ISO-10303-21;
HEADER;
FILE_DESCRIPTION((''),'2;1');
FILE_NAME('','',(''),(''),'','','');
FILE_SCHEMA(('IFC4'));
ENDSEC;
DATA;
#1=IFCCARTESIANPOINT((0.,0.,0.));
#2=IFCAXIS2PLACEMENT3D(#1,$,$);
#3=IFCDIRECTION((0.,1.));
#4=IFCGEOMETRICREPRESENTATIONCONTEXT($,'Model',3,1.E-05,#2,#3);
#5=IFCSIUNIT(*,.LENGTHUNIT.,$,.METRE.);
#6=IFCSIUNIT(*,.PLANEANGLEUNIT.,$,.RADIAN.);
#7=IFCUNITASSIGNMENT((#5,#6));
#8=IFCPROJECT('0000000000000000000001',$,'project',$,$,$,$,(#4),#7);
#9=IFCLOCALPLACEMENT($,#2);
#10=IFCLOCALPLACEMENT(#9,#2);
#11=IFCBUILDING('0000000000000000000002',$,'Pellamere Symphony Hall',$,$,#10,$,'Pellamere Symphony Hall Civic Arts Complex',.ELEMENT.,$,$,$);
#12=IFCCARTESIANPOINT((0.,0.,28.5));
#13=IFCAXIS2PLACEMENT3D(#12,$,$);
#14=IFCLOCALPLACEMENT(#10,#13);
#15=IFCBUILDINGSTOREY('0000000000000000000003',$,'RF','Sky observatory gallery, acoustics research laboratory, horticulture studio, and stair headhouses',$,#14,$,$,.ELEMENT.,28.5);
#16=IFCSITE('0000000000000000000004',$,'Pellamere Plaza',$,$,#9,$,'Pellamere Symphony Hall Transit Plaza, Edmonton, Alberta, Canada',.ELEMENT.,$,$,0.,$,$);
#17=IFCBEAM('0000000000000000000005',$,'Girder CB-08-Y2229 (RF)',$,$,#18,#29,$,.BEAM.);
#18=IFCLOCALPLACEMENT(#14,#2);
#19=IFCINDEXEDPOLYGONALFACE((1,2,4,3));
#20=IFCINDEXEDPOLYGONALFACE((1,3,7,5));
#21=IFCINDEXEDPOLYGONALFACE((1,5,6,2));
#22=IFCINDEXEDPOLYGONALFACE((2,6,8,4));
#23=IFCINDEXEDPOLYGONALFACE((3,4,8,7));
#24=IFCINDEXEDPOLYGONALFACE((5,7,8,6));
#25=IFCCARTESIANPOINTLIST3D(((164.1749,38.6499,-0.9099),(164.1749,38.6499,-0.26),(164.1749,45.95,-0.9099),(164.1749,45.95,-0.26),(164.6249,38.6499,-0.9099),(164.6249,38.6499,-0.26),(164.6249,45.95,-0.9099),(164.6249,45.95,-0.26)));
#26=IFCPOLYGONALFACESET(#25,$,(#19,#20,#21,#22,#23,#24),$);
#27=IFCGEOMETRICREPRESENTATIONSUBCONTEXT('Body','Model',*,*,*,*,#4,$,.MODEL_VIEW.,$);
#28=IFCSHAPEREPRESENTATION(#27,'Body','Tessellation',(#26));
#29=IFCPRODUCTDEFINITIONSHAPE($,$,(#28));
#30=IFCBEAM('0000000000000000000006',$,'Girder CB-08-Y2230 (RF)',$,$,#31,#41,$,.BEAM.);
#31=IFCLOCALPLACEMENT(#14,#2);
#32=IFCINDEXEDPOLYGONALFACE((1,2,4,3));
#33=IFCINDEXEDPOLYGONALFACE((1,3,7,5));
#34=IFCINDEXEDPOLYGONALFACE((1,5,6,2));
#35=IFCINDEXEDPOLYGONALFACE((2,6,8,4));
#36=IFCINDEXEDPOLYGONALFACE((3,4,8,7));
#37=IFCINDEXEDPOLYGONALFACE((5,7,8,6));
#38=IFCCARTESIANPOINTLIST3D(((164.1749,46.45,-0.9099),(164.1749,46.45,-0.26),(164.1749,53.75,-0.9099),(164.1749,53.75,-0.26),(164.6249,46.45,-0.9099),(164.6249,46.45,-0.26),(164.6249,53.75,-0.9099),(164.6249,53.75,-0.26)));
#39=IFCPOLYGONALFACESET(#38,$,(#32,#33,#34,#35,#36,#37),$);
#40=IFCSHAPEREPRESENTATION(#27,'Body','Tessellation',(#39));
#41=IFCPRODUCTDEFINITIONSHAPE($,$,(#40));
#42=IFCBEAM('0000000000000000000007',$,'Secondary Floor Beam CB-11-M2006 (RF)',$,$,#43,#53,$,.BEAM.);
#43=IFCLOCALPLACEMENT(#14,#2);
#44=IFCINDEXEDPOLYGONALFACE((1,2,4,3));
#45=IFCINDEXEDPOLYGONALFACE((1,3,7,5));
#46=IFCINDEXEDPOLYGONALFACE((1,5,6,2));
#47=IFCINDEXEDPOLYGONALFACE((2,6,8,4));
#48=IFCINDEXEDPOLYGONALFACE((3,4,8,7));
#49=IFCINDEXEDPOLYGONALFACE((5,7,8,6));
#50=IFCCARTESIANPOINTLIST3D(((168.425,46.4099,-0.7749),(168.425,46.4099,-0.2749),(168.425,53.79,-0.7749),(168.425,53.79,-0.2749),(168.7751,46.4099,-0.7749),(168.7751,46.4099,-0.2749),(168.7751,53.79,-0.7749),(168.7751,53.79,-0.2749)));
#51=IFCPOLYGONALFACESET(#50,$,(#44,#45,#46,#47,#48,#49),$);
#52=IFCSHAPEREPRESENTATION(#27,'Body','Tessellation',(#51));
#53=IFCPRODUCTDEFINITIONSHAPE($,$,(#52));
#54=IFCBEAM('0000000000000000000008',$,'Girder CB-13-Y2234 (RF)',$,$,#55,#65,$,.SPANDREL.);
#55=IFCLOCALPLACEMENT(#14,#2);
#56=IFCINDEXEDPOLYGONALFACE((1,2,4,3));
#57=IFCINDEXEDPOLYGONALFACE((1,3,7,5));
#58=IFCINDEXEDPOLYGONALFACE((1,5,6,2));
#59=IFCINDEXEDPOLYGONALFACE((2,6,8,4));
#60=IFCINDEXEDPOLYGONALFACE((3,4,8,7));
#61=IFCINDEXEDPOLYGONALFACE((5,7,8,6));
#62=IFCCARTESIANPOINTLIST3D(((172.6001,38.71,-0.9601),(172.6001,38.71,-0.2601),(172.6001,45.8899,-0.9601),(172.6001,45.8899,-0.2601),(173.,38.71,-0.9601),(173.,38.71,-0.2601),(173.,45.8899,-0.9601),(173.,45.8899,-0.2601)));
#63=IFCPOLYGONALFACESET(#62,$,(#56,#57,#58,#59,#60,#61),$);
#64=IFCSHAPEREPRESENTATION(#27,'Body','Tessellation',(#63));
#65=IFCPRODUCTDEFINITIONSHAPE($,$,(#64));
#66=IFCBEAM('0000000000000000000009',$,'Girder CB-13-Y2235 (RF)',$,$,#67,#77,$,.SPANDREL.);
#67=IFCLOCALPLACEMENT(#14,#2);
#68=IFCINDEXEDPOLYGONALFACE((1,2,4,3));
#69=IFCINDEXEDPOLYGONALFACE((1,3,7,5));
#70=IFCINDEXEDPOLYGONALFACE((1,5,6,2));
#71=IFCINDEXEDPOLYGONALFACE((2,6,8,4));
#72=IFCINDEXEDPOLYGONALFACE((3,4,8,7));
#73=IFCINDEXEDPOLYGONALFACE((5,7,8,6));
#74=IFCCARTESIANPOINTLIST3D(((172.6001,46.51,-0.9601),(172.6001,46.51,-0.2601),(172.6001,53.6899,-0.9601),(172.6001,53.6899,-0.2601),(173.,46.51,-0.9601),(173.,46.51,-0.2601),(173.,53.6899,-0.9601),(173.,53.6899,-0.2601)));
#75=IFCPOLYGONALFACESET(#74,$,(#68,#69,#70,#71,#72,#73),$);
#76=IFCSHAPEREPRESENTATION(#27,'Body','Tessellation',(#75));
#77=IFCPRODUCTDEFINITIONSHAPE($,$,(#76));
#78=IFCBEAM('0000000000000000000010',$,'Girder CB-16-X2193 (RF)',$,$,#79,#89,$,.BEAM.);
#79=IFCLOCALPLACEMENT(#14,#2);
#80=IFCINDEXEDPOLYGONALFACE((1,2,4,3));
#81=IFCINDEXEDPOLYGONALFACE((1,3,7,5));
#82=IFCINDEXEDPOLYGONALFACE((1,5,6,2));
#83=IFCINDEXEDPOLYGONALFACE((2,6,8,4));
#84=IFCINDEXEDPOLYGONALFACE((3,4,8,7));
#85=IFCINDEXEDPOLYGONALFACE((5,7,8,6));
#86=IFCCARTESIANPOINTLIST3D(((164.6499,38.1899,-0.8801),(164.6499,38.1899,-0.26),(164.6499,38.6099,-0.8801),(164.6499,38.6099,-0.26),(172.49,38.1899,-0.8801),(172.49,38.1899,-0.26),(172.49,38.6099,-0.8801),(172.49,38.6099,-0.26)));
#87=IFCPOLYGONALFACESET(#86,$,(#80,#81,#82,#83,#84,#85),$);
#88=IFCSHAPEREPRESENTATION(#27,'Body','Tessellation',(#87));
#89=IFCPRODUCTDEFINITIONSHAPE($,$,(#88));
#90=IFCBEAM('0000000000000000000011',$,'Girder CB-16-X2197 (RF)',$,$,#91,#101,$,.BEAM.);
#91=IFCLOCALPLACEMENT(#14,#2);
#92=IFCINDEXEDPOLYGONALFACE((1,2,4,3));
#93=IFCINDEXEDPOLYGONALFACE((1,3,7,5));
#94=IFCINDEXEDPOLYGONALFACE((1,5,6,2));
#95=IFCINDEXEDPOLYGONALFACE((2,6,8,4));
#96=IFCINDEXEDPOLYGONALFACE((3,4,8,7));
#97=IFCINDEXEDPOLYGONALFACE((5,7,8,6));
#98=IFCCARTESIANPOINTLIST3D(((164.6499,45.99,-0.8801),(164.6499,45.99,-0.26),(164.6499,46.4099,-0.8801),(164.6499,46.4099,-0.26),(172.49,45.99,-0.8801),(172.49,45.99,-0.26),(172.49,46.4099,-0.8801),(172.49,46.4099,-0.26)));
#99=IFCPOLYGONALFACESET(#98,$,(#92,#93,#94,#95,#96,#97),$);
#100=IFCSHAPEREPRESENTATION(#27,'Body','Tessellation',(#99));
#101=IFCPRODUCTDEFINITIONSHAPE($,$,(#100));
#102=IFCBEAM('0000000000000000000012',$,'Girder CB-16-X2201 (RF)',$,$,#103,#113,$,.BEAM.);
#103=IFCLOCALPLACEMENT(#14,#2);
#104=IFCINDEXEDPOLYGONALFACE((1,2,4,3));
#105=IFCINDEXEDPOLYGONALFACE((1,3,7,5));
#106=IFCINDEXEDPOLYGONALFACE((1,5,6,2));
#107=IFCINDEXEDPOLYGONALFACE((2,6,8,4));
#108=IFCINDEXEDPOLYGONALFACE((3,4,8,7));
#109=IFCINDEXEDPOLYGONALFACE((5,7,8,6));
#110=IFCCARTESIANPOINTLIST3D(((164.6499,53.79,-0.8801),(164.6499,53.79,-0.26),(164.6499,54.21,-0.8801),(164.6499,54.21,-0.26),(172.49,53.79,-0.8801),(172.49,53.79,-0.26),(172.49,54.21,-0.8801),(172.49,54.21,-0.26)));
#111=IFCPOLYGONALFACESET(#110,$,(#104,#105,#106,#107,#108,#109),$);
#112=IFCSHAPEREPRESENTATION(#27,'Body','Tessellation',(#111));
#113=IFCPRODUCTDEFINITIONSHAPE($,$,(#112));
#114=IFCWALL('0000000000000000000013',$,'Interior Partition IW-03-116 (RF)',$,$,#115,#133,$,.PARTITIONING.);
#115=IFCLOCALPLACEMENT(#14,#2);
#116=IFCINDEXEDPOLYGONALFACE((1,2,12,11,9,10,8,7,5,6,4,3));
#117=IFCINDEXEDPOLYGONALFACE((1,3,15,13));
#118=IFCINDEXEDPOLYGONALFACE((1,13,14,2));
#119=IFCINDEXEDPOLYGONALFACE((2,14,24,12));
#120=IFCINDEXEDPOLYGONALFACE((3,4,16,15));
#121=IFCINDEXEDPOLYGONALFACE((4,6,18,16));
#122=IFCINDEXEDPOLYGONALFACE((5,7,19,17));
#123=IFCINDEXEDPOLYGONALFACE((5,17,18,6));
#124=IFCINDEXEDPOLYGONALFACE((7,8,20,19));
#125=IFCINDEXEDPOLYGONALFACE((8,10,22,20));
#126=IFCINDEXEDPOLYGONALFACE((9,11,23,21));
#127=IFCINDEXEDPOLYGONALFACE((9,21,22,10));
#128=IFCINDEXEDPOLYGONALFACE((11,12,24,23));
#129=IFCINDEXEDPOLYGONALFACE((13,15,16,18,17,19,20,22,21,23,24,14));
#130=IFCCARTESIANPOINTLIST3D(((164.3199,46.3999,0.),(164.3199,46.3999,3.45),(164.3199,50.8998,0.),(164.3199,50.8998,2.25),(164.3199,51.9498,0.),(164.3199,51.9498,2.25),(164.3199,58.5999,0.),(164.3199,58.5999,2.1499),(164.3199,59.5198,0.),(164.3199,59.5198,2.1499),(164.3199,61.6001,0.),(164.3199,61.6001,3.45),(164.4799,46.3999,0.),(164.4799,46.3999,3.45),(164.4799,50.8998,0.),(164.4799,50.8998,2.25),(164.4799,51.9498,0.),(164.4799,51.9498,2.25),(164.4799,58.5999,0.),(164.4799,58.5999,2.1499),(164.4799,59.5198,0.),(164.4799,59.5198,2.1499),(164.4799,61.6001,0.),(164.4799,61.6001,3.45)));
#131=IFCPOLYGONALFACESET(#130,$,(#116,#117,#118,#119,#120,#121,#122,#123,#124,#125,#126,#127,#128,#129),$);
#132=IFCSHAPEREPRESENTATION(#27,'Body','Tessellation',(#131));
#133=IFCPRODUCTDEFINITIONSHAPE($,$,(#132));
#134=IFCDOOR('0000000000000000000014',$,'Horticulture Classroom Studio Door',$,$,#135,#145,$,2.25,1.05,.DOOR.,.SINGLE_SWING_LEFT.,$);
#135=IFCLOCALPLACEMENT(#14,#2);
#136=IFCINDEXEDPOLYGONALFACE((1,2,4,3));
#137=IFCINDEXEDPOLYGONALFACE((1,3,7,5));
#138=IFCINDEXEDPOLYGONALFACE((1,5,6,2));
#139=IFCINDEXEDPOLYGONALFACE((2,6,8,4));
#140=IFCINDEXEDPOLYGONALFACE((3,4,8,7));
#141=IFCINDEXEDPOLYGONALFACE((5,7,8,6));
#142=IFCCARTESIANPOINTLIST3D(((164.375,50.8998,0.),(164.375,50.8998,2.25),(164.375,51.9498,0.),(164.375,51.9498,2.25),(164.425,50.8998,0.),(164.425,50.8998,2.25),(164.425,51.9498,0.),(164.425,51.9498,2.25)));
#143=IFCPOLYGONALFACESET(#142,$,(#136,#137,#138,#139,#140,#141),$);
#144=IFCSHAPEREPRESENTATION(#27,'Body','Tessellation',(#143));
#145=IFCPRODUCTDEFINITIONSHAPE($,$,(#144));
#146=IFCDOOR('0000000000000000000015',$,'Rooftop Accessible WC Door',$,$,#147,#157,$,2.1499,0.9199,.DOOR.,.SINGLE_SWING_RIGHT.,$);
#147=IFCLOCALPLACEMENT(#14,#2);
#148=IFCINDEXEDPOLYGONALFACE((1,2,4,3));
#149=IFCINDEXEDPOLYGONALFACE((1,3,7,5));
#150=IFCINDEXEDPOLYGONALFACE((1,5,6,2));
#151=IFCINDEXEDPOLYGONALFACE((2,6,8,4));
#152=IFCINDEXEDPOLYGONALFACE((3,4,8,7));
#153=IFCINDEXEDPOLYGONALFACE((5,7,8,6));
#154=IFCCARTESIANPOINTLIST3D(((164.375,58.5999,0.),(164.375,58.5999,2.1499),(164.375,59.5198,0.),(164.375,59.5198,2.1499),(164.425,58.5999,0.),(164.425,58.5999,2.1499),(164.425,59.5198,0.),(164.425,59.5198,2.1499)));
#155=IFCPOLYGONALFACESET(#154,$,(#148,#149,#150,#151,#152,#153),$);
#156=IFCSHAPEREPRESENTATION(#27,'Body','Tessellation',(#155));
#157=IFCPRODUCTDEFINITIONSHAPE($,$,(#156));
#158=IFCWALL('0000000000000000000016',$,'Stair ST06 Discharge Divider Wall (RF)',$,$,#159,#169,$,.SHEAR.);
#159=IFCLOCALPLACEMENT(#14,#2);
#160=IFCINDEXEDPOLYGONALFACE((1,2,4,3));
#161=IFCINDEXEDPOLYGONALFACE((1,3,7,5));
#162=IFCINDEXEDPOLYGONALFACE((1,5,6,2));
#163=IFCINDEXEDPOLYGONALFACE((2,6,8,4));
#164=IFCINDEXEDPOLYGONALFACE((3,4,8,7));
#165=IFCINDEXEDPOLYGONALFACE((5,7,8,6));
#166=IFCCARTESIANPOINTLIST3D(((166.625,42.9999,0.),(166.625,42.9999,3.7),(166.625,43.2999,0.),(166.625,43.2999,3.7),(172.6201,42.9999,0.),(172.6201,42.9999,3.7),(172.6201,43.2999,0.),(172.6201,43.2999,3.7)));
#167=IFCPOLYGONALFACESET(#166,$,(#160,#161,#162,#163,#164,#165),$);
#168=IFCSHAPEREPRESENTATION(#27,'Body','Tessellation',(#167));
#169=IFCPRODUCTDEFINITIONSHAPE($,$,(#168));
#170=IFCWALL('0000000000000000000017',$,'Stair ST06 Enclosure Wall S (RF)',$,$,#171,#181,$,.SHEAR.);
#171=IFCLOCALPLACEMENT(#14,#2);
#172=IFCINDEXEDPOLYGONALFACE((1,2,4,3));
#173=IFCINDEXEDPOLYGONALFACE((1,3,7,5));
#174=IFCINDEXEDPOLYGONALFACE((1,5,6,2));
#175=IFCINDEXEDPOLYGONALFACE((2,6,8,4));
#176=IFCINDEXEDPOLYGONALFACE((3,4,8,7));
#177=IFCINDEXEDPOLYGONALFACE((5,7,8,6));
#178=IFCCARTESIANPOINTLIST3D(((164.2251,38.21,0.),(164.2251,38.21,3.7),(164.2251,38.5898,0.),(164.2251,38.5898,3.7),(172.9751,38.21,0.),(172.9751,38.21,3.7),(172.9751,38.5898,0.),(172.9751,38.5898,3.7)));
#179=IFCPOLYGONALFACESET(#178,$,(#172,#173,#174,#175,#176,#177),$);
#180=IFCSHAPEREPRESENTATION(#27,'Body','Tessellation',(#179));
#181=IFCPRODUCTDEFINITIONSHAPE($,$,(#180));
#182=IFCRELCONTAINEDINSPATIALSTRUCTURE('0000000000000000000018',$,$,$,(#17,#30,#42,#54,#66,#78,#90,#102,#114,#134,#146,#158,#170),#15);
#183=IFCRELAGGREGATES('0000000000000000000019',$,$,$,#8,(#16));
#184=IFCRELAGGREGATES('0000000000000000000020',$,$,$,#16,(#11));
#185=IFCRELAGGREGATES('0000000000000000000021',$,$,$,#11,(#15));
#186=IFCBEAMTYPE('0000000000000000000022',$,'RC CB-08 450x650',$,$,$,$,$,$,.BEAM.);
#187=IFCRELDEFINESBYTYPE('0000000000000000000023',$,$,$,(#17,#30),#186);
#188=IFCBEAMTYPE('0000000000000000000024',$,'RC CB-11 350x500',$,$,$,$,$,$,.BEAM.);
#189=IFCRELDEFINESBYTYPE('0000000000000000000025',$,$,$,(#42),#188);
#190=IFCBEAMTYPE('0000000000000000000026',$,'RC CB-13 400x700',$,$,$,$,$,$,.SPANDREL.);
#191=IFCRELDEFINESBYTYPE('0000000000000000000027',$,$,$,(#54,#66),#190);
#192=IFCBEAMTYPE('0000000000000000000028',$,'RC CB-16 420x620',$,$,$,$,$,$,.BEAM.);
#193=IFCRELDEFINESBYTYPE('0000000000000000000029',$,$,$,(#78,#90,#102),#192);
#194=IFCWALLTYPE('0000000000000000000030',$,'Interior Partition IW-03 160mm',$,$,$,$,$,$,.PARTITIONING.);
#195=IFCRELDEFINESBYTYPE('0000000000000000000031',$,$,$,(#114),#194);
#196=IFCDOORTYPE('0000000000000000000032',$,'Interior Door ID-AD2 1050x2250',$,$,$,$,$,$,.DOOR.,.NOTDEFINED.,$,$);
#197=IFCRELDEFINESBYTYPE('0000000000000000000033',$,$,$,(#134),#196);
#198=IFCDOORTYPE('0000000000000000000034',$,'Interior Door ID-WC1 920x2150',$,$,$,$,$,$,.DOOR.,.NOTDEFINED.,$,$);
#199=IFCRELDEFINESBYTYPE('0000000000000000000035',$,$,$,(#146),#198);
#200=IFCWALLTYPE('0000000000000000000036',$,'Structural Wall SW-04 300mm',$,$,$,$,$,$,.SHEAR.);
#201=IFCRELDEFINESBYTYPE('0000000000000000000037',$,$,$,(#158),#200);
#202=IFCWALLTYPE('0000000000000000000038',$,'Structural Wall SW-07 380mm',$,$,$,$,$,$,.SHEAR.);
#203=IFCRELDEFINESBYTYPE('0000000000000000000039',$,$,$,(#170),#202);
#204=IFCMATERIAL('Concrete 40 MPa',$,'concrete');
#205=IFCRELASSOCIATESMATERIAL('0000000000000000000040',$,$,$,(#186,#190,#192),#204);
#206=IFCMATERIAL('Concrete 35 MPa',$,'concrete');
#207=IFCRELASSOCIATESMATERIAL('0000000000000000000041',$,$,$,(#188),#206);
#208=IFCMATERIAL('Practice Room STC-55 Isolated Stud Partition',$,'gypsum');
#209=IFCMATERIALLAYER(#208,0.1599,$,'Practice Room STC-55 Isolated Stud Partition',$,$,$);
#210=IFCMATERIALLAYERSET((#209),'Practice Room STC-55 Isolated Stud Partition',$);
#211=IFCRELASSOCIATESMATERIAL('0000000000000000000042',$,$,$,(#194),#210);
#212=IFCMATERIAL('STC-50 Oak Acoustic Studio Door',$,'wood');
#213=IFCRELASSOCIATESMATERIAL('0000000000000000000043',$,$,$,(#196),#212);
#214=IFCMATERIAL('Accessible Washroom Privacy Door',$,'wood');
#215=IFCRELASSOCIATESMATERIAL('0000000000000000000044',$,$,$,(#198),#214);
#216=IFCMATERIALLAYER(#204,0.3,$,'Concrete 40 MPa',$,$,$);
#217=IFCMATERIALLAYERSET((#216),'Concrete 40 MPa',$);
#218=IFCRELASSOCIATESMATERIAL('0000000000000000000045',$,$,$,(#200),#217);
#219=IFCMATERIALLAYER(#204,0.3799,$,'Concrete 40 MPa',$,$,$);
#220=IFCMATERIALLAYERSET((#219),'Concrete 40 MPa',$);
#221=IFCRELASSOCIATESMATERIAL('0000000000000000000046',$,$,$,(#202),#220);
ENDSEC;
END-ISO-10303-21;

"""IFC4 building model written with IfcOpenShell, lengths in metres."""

from ifc_helpers import new_model, si_unit, direction, frame, frame_2d, origin, origin_2d, place, context, subcontext, project, spatial, rectangle, extrude, material, layer, layer_set, material_profile, profile_set, type_object, element, fill, save


model = new_model("IFC4")

# Units and contexts
model_context = context("Model", 3, precision=1e-05, world=origin(), true_north=direction((0.0, 1.0)))
body_context = subcontext(model_context, "Body", "Model", "MODEL_VIEW")
ifc_project = project(units=[si_unit("LENGTHUNIT", "METRE"), si_unit("PLANEANGLEUNIT", "RADIAN")], contexts=[model_context])

# Site, building, storey
site_placement = place(None, origin())
site = spatial("IfcSite", under=ifc_project, at=site_placement, Name="Pellamere Plaza", LongName="Pellamere Symphony Hall Transit Plaza, Edmonton, Alberta, Canada", CompositionType="ELEMENT", RefElevation=0.0)
building_placement = place(site_placement, origin())
building = spatial("IfcBuilding", under=site, at=building_placement, Name="Pellamere Symphony Hall", LongName="Pellamere Symphony Hall Civic Arts Complex", CompositionType="ELEMENT")
storey_placement = place(building_placement, frame((0.0, 0.0, 28.5)))
storey = spatial("IfcBuildingStorey", under=building, at=storey_placement, Name="RF", Description="Sky observatory gallery, acoustics research laboratory, horticulture studio, and stair headhouses", CompositionType="ELEMENT", Elevation=28.5)

# Beams
ifc_material_1 = material(Name="Concrete 40 MPa", Category="concrete")
ifc_material_profile_1 = material_profile(ifc_material_1, rectangle(XDim=0.45, YDim=0.6499, at=origin_2d()), Name="RC 450x650")
ifc_profile_set_1 = profile_set([ifc_material_profile_1], Name="Concrete 40 MPa")
beam_type_1 = type_object("IfcBeamType", Name="RC CB-08 450x650", PredefinedType="BEAM", material=ifc_profile_set_1)
for number, where, z_axis, x_axis, name in (
    (1, (164.3999, 38.6499, -0.585), (0.0, 1.0, 0.0), (-1.0, 0.0, 0.0), "Girder CB-08-Y2229 (RF)"),
    (2, (164.3999, 46.45, -0.585), (0.0, 1.0, 0.0), (-1.0, 0.0, 0.0), "Girder CB-08-Y2230 (RF)"),
):
    element("IfcBeam", number, at=place(storey_placement, frame(where, z_axis=z_axis, x_axis=x_axis)), inside=storey, type_object=beam_type_1, Name=name, PredefinedType="BEAM", context=body_context, shape_type="SweptSolid", body=[
        extrude(rectangle(XDim=0.45, YDim=0.6499, at=origin_2d()), origin(), (0.0, 0.0, 1.0), 7.3),
    ])
ifc_material_2 = material(Name="Concrete 35 MPa", Category="concrete")
ifc_material_profile_2 = material_profile(ifc_material_2, rectangle(XDim=0.3501, YDim=0.5, at=origin_2d()), Name="RC 350x500")
ifc_profile_set_2 = profile_set([ifc_material_profile_2], Name="Concrete 35 MPa")
beam_type_2 = type_object("IfcBeamType", Name="RC CB-11 350x500", PredefinedType="BEAM", material=ifc_profile_set_2)
beam_placement = place(storey_placement, frame((168.6001, 46.4099, -0.5249), z_axis=(0.0, 1.0, 0.0), x_axis=(-1.0, 0.0, 0.0)))
element("IfcBeam", 3, at=beam_placement, inside=storey, type_object=beam_type_2, Name="Secondary Floor Beam CB-11-M2006 (RF)", PredefinedType="BEAM", context=body_context, shape_type="SweptSolid", body=[
    extrude(rectangle(XDim=0.3501, YDim=0.5, at=origin_2d()), origin(), (0.0, 0.0, 1.0), 7.3801),
])
ifc_material_profile_3 = material_profile(ifc_material_1, rectangle(XDim=0.3999, YDim=0.7, at=origin_2d()), Name="RC 400x700")
ifc_profile_set_3 = profile_set([ifc_material_profile_3], Name="Concrete 40 MPa")
beam_type_3 = type_object("IfcBeamType", Name="RC CB-13 400x700", PredefinedType="SPANDREL", material=ifc_profile_set_3)
for number, where, z_axis, x_axis, name in (
    (4, (172.8, 38.71, -0.6101), (0.0, 1.0, 0.0), (-1.0, 0.0, 0.0), "Girder CB-13-Y2234 (RF)"),
    (5, (172.8, 46.51, -0.6101), (0.0, 1.0, 0.0), (-1.0, 0.0, 0.0), "Girder CB-13-Y2235 (RF)"),
):
    element("IfcBeam", number, at=place(storey_placement, frame(where, z_axis=z_axis, x_axis=x_axis)), inside=storey, type_object=beam_type_3, Name=name, PredefinedType="SPANDREL", context=body_context, shape_type="SweptSolid", body=[
        extrude(rectangle(XDim=0.3999, YDim=0.7, at=origin_2d()), origin(), (0.0, 0.0, 1.0), 7.1799),
    ])
ifc_material_profile_4 = material_profile(ifc_material_1, rectangle(XDim=0.4199, YDim=0.6201, at=origin_2d()), Name="RC 420x620")
ifc_profile_set_4 = profile_set([ifc_material_profile_4], Name="Concrete 40 MPa")
beam_type_4 = type_object("IfcBeamType", Name="RC CB-16 420x620", PredefinedType="BEAM", material=ifc_profile_set_4)
for number, where, z_axis, x_axis, name in (
    (6, (164.6499, 38.3999, -0.5701), (1.0, 0.0, 0.0), (0.0, 1.0, 0.0), "Girder CB-16-X2193 (RF)"),
    (7, (164.6499, 46.2, -0.5701), (1.0, 0.0, 0.0), (0.0, 1.0, 0.0), "Girder CB-16-X2197 (RF)"),
    (8, (164.6499, 54.0, -0.5701), (1.0, 0.0, 0.0), (0.0, 1.0, 0.0), "Girder CB-16-X2201 (RF)"),
):
    element("IfcBeam", number, at=place(storey_placement, frame(where, z_axis=z_axis, x_axis=x_axis)), inside=storey, type_object=beam_type_4, Name=name, PredefinedType="BEAM", context=body_context, shape_type="SweptSolid", body=[
        extrude(rectangle(XDim=0.4199, YDim=0.6201, at=origin_2d()), origin(), (0.0, 0.0, 1.0), 7.8401),
    ])

# Wall, openings, doors
ifc_material_3 = material(Name="Practice Room STC-55 Isolated Stud Partition", Category="gypsum")
ifc_layer_1 = layer(ifc_material_3, 0.1599, Name="Practice Room STC-55 Isolated Stud Partition")
ifc_layer_set_1 = layer_set([ifc_layer_1], Name="Practice Room STC-55 Isolated Stud Partition")
wall_type_1 = type_object("IfcWallType", Name="Interior Partition IW-03 160mm", PredefinedType="PARTITIONING", material=ifc_layer_set_1)
wall_1_placement = place(storey_placement, frame((164.3999, 46.3999, 0.0), z_axis=(0.0, 0.0, 1.0), x_axis=(0.0, 1.0, 0.0)))
wall_1 = element("IfcWall", 9, at=wall_1_placement, inside=storey, type_object=wall_type_1, Name="Interior Partition IW-03-116 (RF)", PredefinedType="PARTITIONING", context=body_context, shape_type="SweptSolid", body=[
    extrude(rectangle(XDim=15.2002, YDim=0.1599, at=frame_2d((7.6001, 0.0))), origin(), (0.0, 0.0, 1.0), 3.45),
])
opening_1_placement = place(wall_1_placement, frame((4.5, 0.0, 0.0)))
opening_1 = element("IfcOpeningElement", 10, at=opening_1_placement, cuts=wall_1, PredefinedType="OPENING", context=body_context, shape_type="SweptSolid", body=[
    extrude(rectangle(XDim=1.05, YDim=2.25, at=frame_2d((0.5249, 1.125))), frame((0.0, 0.0898, 0.0), z_axis=(0.0, -1.0, 0.0), x_axis=(1.0, 0.0, 0.0)), (0.0, 0.0, 1.0), 0.1799),
])
opening_2_placement = place(wall_1_placement, frame((12.2, 0.0, 0.0)))
opening_2 = element("IfcOpeningElement", 11, at=opening_2_placement, cuts=wall_1, PredefinedType="OPENING", context=body_context, shape_type="SweptSolid", body=[
    extrude(rectangle(XDim=0.9199, YDim=2.1499, at=frame_2d((0.46, 1.075))), frame((0.0, 0.0898, 0.0), z_axis=(0.0, -1.0, 0.0), x_axis=(1.0, 0.0, 0.0)), (0.0, 0.0, 1.0), 0.1799),
])
ifc_material_4 = material(Name="STC-50 Oak Acoustic Studio Door", Category="wood")
door_type_1 = type_object("IfcDoorType", Name="Interior Door ID-AD2 1050x2250", OperationType="NOTDEFINED", PredefinedType="DOOR", material=ifc_material_4)
door_1_placement = place(opening_1_placement, origin())
door_1 = element("IfcDoor", 12, at=door_1_placement, inside=storey, type_object=door_type_1, Name="Horticulture Classroom Studio Door", OperationType="SINGLE_SWING_LEFT", OverallHeight=2.25, OverallWidth=1.05, PredefinedType="DOOR", context=body_context, shape_type="SweptSolid", body=[
    extrude(rectangle(XDim=1.05, YDim=2.25, at=frame_2d((0.5249, 1.125))), frame((0.0, 0.0249, 0.0), z_axis=(0.0, -1.0, 0.0), x_axis=(1.0, 0.0, 0.0)), (0.0, 0.0, 1.0), 0.05),
])
fill(opening_1, door_1)
ifc_material_5 = material(Name="Accessible Washroom Privacy Door", Category="wood")
door_type_2 = type_object("IfcDoorType", Name="Interior Door ID-WC1 920x2150", OperationType="NOTDEFINED", PredefinedType="DOOR", material=ifc_material_5)
door_2_placement = place(opening_2_placement, origin())
door_2 = element("IfcDoor", 13, at=door_2_placement, inside=storey, type_object=door_type_2, Name="Rooftop Accessible WC Door", OperationType="SINGLE_SWING_RIGHT", OverallHeight=2.1499, OverallWidth=0.9199, PredefinedType="DOOR", context=body_context, shape_type="SweptSolid", body=[
    extrude(rectangle(XDim=0.9199, YDim=2.1499, at=frame_2d((0.46, 1.075))), frame((0.0, 0.0249, 0.0), z_axis=(0.0, -1.0, 0.0), x_axis=(1.0, 0.0, 0.0)), (0.0, 0.0, 1.0), 0.05),
])
fill(opening_2, door_2)

# Walls
ifc_layer_2 = layer(ifc_material_1, 0.3, Name="Concrete 40 MPa")
ifc_layer_set_2 = layer_set([ifc_layer_2], Name="Concrete 40 MPa")
wall_type_2 = type_object("IfcWallType", Name="Structural Wall SW-04 300mm", PredefinedType="SHEAR", material=ifc_layer_set_2)
wall_2_placement = place(storey_placement, frame((166.625, 43.1499, 0.0), z_axis=(0.0, 0.0, 1.0), x_axis=(1.0, 0.0, 0.0)))
element("IfcWall", 14, at=wall_2_placement, inside=storey, type_object=wall_type_2, Name="Stair ST06 Discharge Divider Wall (RF)", PredefinedType="SHEAR", context=body_context, shape_type="SweptSolid", body=[
    extrude(rectangle(XDim=5.9951, YDim=0.3, at=frame_2d((2.9976, 0.0))), origin(), (0.0, 0.0, 1.0), 3.7),
])
ifc_layer_3 = layer(ifc_material_1, 0.3799, Name="Concrete 40 MPa")
ifc_layer_set_3 = layer_set([ifc_layer_3], Name="Concrete 40 MPa")
wall_type_3 = type_object("IfcWallType", Name="Structural Wall SW-07 380mm", PredefinedType="SHEAR", material=ifc_layer_set_3)
for number, where, z_axis, x_axis, name in (
    (15, (164.2251, 38.3999, 0.0), (0.0, 0.0, 1.0), (1.0, 0.0, 0.0), "Stair ST06 Enclosure Wall S (RF)"),
):
    element("IfcWall", number, at=place(storey_placement, frame(where, z_axis=z_axis, x_axis=x_axis)), inside=storey, type_object=wall_type_3, Name=name, PredefinedType="SHEAR", context=body_context, shape_type="SweptSolid", body=[
        extrude(rectangle(XDim=8.75, YDim=0.3799, at=frame_2d((4.375, 0.0))), origin(), (0.0, 0.0, 1.0), 3.7),
    ])

save(model, "model.ifc")
